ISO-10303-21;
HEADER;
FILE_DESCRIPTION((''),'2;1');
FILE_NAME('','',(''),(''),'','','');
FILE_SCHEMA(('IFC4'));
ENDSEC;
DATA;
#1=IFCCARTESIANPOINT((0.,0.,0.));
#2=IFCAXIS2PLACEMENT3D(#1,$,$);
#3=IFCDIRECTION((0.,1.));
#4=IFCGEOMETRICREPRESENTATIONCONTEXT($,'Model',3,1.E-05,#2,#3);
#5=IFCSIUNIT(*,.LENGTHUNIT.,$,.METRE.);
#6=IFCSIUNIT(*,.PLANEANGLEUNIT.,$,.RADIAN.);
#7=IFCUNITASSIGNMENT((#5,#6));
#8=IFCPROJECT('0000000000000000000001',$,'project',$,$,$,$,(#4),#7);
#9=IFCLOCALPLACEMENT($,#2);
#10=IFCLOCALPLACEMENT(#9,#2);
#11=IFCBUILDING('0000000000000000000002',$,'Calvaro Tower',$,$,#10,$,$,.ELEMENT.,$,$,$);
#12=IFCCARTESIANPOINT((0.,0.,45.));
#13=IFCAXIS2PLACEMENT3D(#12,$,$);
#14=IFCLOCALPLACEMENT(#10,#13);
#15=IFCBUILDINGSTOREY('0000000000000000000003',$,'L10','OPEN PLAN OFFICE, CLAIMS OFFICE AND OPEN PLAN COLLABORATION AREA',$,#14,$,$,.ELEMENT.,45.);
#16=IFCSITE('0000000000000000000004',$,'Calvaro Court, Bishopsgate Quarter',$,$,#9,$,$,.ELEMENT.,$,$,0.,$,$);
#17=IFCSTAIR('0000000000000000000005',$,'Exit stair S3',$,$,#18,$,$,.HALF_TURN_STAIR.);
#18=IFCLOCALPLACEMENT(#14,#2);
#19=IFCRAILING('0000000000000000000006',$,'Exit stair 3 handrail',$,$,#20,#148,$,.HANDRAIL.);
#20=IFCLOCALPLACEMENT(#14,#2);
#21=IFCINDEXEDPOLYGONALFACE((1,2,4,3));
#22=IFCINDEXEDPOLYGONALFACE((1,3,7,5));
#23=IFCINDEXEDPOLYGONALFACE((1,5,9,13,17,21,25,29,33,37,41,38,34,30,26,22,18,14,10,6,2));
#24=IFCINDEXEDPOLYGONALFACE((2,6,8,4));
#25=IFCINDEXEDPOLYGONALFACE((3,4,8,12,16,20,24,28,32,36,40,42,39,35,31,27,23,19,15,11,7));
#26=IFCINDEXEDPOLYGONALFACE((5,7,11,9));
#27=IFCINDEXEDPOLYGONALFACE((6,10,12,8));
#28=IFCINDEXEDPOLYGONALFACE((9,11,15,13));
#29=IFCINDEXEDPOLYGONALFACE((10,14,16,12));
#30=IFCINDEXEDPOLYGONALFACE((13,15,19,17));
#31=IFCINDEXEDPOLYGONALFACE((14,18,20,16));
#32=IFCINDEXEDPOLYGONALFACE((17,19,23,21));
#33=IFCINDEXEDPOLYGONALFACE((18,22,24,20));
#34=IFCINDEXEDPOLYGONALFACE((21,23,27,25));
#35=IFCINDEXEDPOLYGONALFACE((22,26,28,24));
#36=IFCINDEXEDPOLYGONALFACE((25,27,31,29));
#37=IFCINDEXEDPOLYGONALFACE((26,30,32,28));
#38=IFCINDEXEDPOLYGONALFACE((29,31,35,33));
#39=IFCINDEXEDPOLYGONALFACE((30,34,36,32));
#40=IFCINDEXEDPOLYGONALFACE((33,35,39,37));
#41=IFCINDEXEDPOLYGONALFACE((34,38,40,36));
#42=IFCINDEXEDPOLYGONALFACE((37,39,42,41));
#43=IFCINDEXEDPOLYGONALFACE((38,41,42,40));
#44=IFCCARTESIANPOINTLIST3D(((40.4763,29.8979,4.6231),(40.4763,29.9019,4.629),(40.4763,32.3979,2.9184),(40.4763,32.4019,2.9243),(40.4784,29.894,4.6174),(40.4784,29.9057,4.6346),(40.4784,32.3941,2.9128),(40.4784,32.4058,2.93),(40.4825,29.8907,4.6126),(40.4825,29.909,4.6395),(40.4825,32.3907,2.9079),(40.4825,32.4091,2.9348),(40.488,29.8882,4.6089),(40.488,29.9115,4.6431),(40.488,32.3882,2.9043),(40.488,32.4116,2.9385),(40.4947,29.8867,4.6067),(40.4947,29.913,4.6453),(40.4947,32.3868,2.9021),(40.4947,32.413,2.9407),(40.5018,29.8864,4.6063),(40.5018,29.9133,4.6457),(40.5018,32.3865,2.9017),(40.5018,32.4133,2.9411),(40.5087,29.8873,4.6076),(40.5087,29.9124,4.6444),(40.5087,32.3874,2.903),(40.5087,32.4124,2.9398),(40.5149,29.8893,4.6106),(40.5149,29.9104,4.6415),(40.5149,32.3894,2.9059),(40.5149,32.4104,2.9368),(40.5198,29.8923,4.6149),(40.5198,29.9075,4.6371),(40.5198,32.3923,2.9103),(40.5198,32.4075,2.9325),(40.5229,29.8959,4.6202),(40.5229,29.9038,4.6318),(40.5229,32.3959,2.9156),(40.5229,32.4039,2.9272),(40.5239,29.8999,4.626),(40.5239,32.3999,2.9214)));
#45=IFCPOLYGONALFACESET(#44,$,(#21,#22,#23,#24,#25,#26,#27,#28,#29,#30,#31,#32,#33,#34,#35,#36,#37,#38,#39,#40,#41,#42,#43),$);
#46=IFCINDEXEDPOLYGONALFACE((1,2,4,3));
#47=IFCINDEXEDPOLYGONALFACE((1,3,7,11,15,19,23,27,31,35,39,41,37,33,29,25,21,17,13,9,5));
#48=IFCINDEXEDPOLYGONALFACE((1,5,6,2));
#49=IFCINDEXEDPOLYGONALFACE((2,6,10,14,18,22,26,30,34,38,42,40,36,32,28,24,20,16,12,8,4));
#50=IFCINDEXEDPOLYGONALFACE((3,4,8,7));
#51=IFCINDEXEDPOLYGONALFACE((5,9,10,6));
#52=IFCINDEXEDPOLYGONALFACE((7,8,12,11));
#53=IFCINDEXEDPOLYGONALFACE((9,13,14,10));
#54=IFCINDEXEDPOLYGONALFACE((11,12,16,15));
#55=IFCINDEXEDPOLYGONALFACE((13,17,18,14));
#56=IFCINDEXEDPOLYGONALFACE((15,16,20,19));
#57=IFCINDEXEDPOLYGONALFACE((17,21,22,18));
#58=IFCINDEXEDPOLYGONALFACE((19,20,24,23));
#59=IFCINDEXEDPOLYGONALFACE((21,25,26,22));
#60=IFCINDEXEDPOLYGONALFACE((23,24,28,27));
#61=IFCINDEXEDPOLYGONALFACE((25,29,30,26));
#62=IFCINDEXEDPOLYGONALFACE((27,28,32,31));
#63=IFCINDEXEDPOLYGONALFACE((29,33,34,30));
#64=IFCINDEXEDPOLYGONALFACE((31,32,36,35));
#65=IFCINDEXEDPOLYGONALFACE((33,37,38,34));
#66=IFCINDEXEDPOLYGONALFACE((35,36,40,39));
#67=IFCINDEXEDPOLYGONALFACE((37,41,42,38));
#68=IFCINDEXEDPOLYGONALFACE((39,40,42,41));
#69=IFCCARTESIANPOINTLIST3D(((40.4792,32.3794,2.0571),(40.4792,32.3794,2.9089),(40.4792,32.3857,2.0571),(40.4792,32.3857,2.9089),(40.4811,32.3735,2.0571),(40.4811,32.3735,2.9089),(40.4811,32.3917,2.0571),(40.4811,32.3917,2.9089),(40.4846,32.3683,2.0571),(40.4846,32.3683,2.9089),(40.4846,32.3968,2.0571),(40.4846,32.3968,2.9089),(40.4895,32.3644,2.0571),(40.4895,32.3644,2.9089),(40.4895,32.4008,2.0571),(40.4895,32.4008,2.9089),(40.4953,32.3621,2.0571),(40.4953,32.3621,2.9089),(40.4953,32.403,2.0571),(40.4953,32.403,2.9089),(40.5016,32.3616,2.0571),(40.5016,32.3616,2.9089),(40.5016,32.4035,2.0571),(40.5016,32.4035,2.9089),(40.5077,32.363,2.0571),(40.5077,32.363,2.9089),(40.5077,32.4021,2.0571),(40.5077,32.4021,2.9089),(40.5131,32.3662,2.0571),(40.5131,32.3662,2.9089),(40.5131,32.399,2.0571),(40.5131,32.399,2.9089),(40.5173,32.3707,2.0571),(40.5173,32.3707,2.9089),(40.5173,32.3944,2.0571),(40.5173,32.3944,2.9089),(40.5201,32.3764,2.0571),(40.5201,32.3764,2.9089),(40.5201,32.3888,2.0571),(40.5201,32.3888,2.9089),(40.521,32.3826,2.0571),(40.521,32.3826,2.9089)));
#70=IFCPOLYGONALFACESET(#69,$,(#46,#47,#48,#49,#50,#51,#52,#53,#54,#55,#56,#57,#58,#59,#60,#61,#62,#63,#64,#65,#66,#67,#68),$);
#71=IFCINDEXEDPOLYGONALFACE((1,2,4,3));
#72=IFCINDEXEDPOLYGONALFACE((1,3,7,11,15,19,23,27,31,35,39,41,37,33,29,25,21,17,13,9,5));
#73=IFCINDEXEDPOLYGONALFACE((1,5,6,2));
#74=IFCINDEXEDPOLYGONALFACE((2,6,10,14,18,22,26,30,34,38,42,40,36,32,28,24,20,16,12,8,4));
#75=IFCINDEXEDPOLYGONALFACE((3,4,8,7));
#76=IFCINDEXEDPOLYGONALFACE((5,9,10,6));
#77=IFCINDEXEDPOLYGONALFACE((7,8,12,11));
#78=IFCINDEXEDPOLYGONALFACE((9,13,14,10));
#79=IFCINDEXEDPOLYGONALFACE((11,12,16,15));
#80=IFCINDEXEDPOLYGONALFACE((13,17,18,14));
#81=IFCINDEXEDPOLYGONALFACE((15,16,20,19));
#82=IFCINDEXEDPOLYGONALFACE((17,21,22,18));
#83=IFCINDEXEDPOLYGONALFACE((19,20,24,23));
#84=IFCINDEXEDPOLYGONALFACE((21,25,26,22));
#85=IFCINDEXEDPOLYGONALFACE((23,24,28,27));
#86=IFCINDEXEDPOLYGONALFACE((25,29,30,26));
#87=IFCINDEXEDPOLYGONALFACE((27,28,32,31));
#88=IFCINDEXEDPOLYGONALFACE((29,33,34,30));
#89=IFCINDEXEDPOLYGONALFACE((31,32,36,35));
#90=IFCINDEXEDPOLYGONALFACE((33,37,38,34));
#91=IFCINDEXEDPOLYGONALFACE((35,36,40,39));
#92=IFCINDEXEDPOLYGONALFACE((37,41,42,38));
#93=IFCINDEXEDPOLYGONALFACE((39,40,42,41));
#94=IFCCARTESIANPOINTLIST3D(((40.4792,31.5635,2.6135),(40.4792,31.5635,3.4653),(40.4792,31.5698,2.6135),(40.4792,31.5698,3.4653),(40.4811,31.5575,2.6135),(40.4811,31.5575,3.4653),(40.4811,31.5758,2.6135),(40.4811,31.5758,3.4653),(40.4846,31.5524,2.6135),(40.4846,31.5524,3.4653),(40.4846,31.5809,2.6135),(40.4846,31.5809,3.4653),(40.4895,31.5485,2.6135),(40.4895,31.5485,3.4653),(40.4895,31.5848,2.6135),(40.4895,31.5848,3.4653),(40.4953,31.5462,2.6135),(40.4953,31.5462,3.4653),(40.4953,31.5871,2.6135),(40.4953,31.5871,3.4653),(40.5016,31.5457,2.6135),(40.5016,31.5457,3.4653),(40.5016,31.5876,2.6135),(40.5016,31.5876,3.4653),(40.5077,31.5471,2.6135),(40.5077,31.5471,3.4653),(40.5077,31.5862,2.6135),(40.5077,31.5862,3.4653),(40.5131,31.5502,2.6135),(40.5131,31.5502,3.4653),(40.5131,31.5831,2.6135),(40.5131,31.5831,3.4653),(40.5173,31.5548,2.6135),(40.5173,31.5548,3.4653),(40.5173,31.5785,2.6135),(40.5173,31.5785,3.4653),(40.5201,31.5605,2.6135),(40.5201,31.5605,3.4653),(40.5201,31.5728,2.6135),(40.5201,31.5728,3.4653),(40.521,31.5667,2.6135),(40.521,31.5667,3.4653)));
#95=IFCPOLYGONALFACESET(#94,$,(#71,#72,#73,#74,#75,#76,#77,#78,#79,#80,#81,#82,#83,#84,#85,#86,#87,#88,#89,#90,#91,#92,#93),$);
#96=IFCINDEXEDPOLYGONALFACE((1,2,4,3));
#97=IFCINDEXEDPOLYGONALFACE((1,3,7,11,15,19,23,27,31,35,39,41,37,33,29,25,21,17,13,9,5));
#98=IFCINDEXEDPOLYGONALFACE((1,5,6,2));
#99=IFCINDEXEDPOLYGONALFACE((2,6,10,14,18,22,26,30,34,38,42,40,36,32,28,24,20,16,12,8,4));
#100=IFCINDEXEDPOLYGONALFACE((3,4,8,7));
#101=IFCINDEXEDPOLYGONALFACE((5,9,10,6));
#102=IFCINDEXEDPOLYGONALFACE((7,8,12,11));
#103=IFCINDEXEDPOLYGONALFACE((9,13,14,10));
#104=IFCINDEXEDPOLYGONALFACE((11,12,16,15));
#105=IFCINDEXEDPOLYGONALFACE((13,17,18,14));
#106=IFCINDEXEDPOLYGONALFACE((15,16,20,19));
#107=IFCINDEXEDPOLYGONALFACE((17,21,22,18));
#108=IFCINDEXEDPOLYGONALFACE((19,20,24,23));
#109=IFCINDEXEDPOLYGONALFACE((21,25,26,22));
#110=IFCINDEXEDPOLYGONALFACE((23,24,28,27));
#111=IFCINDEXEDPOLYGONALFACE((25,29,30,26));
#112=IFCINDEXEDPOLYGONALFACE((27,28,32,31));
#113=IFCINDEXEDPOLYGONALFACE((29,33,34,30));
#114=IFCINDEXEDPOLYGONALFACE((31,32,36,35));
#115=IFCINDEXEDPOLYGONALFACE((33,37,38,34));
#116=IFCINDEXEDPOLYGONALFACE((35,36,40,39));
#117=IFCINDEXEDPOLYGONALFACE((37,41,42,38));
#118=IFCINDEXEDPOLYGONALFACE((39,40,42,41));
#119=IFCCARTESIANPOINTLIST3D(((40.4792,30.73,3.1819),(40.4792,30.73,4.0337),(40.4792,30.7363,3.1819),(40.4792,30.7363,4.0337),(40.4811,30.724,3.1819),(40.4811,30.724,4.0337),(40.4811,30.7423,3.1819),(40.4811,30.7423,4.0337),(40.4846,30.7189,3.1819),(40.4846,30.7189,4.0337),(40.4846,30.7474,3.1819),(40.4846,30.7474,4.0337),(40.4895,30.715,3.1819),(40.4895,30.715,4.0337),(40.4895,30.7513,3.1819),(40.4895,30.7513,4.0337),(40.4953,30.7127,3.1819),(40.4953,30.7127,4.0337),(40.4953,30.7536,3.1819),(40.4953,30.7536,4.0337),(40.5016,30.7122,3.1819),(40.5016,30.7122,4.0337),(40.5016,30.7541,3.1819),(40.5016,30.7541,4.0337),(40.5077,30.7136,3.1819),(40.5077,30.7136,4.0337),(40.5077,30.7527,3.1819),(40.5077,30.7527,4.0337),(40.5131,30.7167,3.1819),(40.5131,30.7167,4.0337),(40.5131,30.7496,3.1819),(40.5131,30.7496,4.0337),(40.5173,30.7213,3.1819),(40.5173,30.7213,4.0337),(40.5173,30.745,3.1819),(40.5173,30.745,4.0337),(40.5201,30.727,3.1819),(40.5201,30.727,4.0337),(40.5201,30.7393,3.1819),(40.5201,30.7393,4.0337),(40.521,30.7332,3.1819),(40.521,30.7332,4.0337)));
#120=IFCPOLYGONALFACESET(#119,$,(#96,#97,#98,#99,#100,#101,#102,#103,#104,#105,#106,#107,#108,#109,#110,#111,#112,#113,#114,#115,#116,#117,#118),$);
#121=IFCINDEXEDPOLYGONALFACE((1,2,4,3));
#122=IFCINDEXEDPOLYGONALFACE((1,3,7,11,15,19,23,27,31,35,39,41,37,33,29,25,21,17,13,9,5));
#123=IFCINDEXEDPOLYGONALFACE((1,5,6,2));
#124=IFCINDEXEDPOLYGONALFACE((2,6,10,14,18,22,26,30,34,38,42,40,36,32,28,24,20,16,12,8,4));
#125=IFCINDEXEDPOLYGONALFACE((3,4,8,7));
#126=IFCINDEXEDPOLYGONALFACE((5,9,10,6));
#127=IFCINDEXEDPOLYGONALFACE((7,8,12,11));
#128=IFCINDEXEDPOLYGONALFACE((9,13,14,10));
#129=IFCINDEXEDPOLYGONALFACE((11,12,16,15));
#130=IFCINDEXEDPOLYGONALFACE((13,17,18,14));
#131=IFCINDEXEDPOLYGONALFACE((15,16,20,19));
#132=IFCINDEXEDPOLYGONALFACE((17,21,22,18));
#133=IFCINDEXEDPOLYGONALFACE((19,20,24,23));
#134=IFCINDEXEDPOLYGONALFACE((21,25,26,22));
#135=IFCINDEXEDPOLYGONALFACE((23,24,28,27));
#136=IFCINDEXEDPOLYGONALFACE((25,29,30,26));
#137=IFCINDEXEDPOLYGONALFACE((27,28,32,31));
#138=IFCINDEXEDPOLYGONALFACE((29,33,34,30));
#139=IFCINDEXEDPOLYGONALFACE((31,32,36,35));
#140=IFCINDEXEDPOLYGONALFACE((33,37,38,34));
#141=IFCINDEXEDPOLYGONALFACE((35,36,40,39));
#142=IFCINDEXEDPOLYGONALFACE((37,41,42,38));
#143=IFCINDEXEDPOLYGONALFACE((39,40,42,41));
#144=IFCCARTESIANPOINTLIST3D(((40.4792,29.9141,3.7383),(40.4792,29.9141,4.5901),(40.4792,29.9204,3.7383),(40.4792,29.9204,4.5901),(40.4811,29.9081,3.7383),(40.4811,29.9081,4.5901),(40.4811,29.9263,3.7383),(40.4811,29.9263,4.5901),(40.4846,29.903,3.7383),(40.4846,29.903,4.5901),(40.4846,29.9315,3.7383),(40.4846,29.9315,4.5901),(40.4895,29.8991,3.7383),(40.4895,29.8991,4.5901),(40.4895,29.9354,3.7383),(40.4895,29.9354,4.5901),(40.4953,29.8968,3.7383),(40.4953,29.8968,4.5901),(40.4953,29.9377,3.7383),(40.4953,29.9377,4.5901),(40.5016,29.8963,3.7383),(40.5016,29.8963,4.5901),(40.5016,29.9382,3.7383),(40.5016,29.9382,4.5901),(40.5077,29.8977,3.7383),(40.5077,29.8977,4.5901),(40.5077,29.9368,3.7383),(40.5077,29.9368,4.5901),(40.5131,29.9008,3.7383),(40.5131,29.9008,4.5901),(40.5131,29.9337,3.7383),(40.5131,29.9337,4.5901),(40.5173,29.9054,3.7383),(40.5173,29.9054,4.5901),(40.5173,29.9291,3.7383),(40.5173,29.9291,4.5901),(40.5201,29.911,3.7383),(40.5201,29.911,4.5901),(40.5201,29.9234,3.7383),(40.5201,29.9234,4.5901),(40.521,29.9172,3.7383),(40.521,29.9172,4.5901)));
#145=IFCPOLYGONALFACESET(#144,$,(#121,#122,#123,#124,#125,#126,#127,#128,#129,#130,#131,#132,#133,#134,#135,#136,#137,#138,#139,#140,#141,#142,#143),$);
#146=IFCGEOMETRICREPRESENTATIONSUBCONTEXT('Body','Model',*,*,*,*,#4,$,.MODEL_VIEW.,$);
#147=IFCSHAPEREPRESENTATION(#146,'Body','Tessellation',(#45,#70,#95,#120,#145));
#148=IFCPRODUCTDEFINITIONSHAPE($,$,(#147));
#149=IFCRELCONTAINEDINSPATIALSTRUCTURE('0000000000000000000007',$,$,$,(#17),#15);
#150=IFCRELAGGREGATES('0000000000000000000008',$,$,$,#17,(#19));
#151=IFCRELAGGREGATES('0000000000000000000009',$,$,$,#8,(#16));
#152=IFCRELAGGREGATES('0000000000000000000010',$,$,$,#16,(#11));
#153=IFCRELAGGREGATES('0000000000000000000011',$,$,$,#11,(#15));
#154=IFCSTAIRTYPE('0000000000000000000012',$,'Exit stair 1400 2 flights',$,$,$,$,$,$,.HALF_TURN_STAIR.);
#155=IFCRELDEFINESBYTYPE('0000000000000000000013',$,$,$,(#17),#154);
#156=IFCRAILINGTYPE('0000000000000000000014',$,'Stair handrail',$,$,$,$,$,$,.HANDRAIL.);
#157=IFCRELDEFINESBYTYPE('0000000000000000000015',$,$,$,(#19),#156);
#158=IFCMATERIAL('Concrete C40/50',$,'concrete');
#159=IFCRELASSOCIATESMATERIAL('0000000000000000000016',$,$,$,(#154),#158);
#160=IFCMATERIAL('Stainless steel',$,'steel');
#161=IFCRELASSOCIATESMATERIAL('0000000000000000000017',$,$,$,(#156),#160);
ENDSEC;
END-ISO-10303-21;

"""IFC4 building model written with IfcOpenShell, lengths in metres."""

from ifc_helpers import new_model, si_unit, direction, frame, origin, origin_2d, place, context, subcontext, project, spatial, circle, extrude, material, type_object, element, aggregate, save


model = new_model("IFC4")

# Units and contexts
model_context = context("Model", 3, precision=1e-05, world=origin(), true_north=direction((0.0, 1.0)))
body_context = subcontext(model_context, "Body", "Model", "MODEL_VIEW")
ifc_project = project(units=[si_unit("LENGTHUNIT", "METRE"), si_unit("PLANEANGLEUNIT", "RADIAN")], contexts=[model_context])

# Site, building, storey
site_placement = place(None, origin())
site = spatial("IfcSite", under=ifc_project, at=site_placement, Name="Calvaro Court, Bishopsgate Quarter", CompositionType="ELEMENT", RefElevation=0.0)
building_placement = place(site_placement, origin())
building = spatial("IfcBuilding", under=site, at=building_placement, Name="Calvaro Tower", CompositionType="ELEMENT")
storey_placement = place(building_placement, frame((0.0, 0.0, 45.0)))
storey = spatial("IfcBuildingStorey", under=building, at=storey_placement, Name="L10", Description="OPEN PLAN OFFICE, CLAIMS OFFICE AND OPEN PLAN COLLABORATION AREA", CompositionType="ELEMENT", Elevation=45.0)

# Stair
ifc_material_1 = material(Name="Concrete C40/50", Category="concrete")
stair_type = type_object("IfcStairType", Name="Exit stair 1400 2 flights", PredefinedType="HALF_TURN_STAIR", material=ifc_material_1)
stair_1_placement = place(storey_placement, origin())
stair_1 = element("IfcStair", 1, at=stair_1_placement, inside=storey, type_object=stair_type, Name="Exit stair S3", PredefinedType="HALF_TURN_STAIR")

# Railing
ifc_material_2 = material(Name="Stainless steel", Category="steel")
railing_type = type_object("IfcRailingType", Name="Stair handrail", PredefinedType="HANDRAIL", material=ifc_material_2)
railing_1_placement = place(storey_placement, frame((40.5, 32.3999, 2.0454)))
railing_1 = element("IfcRailing", 2, at=railing_1_placement, type_object=railing_type, Name="Exit stair 3 handrail", PredefinedType="HANDRAIL", context=body_context, shape_type="SweptSolid", body=[
    extrude(circle(Radius=0.0239, at=origin_2d()), frame((0.0, 0.0, 0.876), z_axis=(0.0, -0.826221, 0.563347), x_axis=(1.0, 0.0, 0.0)), (0.0, 0.0, 1.0), 3.0259),
    extrude(circle(Radius=0.021, at=origin_2d()), frame((0.0, -0.0173, 0.0117)), (0.0, 0.0, 1.0), 0.8518),
    extrude(circle(Radius=0.021, at=origin_2d()), frame((0.0, -0.8333, 0.5681)), (0.0, 0.0, 1.0), 0.8518),
    extrude(circle(Radius=0.021, at=origin_2d()), frame((0.0, -1.6667, 1.1365)), (0.0, 0.0, 1.0), 0.8518),
    extrude(circle(Radius=0.021, at=origin_2d()), frame((0.0, -2.4827, 1.6929)), (0.0, 0.0, 1.0), 0.8518),
])
aggregate(stair_1, [railing_1])

save(model, "model.ifc")
